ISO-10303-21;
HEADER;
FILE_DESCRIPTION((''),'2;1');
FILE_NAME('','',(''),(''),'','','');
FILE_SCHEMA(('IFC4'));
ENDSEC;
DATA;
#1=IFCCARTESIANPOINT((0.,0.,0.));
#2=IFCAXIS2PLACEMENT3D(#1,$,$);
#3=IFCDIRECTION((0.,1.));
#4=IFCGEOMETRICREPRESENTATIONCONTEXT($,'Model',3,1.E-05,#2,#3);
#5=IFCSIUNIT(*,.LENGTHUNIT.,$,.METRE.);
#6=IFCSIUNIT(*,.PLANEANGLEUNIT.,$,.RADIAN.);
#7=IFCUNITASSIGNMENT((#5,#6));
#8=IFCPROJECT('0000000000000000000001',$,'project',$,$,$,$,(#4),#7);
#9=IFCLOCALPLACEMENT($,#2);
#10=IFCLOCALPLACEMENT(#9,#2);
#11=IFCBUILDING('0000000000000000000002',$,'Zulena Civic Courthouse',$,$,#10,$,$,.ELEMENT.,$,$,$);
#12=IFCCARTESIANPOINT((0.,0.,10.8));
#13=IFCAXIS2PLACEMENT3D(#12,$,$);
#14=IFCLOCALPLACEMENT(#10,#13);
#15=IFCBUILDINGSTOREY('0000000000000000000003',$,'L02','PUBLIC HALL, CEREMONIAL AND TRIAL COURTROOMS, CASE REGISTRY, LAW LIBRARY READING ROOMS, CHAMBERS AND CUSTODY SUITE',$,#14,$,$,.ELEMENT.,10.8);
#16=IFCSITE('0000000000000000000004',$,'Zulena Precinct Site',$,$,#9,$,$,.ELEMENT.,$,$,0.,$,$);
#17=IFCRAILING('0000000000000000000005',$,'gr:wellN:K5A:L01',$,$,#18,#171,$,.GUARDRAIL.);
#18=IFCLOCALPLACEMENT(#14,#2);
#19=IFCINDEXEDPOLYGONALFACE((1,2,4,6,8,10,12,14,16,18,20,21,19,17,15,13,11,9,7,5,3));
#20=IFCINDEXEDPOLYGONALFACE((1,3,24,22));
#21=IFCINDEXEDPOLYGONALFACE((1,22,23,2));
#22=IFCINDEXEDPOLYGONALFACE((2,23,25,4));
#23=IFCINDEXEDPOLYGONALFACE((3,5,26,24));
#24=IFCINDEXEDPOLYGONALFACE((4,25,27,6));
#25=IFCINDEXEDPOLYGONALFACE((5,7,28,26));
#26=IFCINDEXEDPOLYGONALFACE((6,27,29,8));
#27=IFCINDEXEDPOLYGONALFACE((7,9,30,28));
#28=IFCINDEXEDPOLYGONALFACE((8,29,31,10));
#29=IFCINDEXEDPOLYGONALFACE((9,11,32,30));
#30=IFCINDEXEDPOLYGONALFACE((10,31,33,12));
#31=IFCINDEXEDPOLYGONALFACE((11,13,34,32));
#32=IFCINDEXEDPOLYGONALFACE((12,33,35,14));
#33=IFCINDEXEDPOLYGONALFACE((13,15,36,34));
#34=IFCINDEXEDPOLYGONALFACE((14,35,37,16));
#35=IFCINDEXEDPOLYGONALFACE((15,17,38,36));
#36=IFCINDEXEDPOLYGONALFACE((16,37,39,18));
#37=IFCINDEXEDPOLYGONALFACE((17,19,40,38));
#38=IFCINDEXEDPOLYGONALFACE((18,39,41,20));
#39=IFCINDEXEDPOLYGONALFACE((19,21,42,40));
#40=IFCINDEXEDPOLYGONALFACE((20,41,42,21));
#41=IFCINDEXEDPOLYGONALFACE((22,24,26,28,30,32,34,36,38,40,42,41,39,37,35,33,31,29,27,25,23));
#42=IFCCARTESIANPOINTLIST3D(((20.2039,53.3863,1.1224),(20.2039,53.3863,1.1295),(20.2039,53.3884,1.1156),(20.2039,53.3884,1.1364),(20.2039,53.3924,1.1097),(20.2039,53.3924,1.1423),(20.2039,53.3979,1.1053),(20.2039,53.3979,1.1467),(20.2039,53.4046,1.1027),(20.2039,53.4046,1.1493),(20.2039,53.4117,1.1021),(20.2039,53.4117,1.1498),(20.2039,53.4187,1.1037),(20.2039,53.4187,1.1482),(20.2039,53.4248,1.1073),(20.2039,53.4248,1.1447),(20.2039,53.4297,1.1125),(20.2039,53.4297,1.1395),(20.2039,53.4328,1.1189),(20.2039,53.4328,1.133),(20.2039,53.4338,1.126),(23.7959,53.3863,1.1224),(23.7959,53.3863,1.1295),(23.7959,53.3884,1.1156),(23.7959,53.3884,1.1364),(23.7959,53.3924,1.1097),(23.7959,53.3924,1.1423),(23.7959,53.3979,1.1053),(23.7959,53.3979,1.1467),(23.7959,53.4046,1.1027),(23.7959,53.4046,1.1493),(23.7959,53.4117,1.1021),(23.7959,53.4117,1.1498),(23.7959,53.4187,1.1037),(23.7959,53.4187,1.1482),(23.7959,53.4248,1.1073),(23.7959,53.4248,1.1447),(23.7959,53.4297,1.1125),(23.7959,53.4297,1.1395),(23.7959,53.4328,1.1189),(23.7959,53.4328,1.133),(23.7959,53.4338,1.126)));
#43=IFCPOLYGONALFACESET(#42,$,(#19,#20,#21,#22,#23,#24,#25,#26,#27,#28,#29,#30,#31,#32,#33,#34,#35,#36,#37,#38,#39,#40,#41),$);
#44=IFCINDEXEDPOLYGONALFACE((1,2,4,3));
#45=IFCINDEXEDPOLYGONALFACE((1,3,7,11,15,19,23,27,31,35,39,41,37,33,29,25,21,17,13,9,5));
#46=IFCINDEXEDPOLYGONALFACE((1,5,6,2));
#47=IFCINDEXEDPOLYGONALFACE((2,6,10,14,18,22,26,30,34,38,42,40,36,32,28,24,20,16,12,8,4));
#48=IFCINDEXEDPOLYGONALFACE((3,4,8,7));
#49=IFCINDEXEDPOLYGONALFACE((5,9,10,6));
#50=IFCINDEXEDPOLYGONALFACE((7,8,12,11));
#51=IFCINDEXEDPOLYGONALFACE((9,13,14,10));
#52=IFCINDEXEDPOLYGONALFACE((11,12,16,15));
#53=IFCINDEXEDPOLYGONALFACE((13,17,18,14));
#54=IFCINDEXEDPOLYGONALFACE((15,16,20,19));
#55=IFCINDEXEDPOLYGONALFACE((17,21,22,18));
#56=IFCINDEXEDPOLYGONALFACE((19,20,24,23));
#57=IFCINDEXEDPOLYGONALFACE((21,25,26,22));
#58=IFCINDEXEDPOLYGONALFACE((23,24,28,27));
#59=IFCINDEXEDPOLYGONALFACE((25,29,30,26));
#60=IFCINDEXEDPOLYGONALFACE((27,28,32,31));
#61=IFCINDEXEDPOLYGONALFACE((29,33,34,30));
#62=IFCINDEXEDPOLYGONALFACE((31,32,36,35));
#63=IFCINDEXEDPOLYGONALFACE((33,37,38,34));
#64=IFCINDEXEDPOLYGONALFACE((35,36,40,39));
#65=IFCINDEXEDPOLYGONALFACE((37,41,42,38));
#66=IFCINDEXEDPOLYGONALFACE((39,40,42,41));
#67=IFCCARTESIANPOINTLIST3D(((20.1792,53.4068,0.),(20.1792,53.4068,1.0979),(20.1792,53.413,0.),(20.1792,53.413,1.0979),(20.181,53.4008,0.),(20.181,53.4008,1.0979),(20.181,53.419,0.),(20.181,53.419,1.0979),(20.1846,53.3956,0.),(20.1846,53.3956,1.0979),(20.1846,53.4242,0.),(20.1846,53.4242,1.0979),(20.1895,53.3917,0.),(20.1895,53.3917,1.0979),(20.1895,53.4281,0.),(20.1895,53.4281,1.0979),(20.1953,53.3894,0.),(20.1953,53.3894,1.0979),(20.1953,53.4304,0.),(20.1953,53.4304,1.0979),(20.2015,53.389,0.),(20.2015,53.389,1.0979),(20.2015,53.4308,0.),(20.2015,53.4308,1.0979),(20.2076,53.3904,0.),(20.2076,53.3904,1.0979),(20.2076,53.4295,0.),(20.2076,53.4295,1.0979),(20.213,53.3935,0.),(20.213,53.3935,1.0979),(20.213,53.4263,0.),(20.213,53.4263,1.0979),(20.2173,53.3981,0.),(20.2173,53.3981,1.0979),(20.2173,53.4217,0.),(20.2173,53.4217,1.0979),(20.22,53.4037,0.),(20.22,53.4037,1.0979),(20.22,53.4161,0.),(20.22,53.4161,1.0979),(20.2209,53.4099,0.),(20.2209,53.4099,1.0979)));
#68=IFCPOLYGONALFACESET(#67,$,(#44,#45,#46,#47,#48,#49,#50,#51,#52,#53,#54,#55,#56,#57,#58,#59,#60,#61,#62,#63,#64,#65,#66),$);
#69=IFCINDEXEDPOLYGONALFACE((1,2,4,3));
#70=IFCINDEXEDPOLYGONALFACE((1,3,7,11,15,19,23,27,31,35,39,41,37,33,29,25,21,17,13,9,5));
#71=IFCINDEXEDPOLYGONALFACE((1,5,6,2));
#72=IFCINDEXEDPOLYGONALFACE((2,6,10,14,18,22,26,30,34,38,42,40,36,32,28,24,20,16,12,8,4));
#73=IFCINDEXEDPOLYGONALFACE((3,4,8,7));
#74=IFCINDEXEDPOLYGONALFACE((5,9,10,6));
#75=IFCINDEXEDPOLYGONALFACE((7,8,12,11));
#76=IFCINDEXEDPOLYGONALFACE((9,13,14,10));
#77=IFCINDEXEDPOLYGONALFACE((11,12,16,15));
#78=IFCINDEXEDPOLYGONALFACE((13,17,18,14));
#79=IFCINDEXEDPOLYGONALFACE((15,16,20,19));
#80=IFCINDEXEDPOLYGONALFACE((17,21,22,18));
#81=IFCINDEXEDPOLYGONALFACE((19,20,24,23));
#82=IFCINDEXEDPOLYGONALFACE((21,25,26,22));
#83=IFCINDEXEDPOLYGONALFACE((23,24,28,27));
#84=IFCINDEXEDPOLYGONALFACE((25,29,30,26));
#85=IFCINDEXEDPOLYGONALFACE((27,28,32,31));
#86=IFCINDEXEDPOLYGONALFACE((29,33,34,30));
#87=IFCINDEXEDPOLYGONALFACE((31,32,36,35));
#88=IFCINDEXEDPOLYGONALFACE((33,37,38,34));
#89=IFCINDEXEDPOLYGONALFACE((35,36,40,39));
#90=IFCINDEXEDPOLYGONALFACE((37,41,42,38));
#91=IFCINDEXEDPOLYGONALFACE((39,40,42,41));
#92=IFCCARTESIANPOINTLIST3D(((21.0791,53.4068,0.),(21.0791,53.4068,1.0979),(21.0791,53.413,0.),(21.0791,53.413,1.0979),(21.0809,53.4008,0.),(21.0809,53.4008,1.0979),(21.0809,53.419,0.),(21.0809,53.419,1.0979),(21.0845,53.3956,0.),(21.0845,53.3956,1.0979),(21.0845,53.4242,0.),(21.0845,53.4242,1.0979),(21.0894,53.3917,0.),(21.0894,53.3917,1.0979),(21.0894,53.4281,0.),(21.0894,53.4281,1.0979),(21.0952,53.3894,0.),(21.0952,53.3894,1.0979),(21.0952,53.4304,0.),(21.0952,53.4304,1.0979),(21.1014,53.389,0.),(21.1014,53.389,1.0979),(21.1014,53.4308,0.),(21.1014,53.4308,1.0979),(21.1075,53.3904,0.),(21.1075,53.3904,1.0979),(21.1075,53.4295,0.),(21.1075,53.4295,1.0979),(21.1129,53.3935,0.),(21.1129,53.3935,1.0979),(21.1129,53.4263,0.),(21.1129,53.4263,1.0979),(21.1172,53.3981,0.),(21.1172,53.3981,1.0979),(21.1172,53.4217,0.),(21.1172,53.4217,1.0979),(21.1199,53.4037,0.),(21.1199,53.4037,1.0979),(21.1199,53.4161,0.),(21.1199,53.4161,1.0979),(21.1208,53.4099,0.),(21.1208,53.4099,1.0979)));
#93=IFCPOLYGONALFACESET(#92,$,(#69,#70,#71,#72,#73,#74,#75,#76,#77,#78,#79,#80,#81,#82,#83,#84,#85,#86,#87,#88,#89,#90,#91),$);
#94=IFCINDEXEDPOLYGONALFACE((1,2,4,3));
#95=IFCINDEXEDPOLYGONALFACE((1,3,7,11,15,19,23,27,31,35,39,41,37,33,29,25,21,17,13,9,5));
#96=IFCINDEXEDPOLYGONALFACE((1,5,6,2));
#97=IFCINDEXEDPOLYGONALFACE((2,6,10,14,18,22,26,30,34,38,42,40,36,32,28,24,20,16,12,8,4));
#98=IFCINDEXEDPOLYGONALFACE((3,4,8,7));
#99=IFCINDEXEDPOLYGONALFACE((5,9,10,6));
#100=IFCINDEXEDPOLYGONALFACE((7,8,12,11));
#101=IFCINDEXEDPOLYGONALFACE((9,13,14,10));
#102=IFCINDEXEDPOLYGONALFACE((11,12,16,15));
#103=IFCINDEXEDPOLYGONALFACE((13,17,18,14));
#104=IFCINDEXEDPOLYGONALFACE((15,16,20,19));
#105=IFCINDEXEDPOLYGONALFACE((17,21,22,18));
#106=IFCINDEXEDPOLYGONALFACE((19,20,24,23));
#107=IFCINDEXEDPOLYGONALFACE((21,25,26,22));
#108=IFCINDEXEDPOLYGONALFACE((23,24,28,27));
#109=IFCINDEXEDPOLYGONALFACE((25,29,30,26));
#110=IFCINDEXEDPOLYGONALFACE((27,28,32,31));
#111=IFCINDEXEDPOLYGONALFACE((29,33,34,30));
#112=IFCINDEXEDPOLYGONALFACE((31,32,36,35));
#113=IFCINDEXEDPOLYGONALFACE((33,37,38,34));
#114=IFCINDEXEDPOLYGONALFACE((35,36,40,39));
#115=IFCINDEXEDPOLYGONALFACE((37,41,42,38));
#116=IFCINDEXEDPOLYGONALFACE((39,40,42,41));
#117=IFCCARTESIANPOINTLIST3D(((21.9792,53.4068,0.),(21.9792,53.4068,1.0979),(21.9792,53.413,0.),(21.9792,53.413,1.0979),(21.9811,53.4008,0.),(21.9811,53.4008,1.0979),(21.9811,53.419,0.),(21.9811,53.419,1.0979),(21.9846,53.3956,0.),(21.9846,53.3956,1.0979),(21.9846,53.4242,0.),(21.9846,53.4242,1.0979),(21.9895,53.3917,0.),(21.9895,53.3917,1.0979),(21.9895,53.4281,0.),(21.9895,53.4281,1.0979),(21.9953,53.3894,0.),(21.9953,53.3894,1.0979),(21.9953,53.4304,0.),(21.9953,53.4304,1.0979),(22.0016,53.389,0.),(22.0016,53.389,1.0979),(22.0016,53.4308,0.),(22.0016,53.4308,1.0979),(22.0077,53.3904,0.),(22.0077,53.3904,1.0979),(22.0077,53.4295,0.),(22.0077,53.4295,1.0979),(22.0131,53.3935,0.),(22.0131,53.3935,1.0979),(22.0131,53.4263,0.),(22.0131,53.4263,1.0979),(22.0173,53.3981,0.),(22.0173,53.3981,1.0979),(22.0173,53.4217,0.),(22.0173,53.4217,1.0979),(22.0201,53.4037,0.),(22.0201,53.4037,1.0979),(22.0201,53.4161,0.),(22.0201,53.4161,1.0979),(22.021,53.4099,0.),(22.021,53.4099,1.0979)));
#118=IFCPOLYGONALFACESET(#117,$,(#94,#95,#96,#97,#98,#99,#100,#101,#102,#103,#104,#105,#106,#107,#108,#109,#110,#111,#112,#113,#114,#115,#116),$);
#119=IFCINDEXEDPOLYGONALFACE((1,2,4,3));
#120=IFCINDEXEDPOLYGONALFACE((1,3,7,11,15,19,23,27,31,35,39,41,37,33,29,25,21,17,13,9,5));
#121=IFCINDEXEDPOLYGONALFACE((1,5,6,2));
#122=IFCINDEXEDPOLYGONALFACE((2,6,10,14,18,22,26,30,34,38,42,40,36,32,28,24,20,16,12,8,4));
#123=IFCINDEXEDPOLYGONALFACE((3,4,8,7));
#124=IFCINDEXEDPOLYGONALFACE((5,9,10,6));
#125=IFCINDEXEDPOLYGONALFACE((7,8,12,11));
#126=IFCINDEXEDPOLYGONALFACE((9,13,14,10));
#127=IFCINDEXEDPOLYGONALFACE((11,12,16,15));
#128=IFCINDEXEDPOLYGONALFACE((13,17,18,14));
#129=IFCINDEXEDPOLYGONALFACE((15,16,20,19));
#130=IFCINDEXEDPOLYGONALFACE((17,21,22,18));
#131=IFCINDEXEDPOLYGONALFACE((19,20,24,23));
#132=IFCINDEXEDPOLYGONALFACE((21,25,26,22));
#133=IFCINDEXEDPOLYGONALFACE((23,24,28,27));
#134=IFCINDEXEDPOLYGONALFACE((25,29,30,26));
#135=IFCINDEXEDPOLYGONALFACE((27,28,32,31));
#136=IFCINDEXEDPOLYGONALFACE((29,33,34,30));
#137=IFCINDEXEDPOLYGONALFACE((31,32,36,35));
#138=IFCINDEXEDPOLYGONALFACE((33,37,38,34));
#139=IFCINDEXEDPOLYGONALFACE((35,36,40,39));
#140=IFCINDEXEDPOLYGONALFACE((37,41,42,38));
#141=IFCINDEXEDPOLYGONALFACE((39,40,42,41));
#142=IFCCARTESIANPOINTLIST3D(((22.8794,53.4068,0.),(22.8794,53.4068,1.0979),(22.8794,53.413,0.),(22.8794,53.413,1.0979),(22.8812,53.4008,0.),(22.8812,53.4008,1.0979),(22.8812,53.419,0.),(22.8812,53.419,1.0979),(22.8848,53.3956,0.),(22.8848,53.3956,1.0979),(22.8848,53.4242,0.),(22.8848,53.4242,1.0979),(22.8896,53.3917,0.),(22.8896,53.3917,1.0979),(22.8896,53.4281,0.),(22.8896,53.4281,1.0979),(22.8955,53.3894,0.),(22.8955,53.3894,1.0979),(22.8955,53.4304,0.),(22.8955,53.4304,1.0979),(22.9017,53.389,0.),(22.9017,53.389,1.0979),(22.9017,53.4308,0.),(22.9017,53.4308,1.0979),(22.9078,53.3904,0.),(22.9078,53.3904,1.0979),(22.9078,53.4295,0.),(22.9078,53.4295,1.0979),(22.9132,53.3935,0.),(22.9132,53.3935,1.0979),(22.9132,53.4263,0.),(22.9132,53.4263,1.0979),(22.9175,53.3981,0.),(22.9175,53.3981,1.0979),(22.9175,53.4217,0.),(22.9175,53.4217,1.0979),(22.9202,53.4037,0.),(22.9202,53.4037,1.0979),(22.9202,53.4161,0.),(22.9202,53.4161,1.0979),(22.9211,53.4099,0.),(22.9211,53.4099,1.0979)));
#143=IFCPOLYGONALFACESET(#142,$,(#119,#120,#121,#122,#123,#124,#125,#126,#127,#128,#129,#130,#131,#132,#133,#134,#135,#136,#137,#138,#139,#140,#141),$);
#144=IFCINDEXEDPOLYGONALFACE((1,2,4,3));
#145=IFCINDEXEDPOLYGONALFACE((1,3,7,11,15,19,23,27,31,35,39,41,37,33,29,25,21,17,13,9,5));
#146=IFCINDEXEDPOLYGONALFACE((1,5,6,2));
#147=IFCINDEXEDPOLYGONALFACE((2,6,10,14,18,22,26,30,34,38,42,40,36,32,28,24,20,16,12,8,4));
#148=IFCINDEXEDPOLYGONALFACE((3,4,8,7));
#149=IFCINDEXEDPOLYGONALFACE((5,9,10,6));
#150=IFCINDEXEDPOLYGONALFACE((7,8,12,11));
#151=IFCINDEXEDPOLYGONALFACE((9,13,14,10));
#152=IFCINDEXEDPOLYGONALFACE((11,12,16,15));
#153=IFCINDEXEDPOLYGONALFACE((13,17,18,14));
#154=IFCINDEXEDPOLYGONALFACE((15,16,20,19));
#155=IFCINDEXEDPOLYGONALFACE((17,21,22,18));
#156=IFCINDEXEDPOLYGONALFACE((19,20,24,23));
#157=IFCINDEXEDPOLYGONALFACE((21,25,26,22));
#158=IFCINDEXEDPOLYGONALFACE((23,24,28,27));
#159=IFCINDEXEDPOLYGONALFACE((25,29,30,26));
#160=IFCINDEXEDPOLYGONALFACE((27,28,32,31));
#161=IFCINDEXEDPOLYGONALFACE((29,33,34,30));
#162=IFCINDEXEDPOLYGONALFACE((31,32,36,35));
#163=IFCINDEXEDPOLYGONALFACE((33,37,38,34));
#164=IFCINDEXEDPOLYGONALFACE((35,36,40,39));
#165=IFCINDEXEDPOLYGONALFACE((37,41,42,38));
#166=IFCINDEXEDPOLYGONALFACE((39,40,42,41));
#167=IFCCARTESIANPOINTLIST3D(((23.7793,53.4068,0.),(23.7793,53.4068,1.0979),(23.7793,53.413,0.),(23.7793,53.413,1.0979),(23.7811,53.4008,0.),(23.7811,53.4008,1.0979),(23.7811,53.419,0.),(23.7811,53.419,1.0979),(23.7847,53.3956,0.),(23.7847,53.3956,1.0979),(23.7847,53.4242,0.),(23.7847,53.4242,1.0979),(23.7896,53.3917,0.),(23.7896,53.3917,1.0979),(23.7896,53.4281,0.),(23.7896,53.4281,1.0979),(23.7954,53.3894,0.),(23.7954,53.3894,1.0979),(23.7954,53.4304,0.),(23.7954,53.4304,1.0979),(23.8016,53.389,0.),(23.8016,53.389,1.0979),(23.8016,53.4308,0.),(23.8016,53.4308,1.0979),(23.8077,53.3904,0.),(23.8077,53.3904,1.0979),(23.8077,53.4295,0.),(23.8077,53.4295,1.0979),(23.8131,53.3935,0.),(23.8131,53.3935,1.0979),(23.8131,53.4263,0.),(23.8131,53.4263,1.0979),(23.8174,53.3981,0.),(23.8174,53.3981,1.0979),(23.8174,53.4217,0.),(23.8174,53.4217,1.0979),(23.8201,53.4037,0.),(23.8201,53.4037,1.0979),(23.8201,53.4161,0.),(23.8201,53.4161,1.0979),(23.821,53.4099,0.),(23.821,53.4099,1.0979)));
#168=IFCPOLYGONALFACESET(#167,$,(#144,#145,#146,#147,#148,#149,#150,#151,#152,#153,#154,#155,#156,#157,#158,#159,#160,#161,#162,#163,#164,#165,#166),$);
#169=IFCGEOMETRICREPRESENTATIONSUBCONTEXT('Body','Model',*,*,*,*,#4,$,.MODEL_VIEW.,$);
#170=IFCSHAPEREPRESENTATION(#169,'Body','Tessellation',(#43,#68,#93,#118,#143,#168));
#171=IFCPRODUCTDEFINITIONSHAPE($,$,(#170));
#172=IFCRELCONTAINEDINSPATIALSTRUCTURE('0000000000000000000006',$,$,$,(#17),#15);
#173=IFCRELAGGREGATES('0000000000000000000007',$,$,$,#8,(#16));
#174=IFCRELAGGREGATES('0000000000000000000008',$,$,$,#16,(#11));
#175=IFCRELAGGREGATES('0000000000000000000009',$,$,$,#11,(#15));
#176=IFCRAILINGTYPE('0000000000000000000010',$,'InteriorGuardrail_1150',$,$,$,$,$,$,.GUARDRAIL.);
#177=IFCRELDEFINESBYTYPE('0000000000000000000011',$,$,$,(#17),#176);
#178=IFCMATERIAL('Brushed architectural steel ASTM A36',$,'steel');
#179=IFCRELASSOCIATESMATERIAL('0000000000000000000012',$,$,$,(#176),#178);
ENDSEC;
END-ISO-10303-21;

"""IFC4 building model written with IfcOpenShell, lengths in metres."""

from ifc_helpers import new_model, si_unit, direction, frame, origin, origin_2d, place, context, subcontext, project, spatial, circle, extrude, material, type_object, element, save


model = new_model("IFC4")

# Units and contexts
model_context = context("Model", 3, precision=1e-05, world=origin(), true_north=direction((0.0, 1.0)))
body_context = subcontext(model_context, "Body", "Model", "MODEL_VIEW")
ifc_project = project(units=[si_unit("LENGTHUNIT", "METRE"), si_unit("PLANEANGLEUNIT", "RADIAN")], contexts=[model_context])

# Site, building, storey
site_placement = place(None, origin())
site = spatial("IfcSite", under=ifc_project, at=site_placement, Name="Zulena Precinct Site", CompositionType="ELEMENT", RefElevation=0.0)
building_placement = place(site_placement, origin())
building = spatial("IfcBuilding", under=site, at=building_placement, Name="Zulena Civic Courthouse", CompositionType="ELEMENT")
storey_placement = place(building_placement, frame((0.0, 0.0, 10.8)))
storey = spatial("IfcBuildingStorey", under=building, at=storey_placement, Name="L02", Description="PUBLIC HALL, CEREMONIAL AND TRIAL COURTROOMS, CASE REGISTRY, LAW LIBRARY READING ROOMS, CHAMBERS AND CUSTODY SUITE", CompositionType="ELEMENT", Elevation=10.8)

# Railing
ifc_material_1 = material(Name="Brushed architectural steel ASTM A36", Category="steel")
railing_type = type_object("IfcRailingType", Name="InteriorGuardrail_1150", PredefinedType="GUARDRAIL", material=ifc_material_1)
railing_1_placement = place(storey_placement, frame((20.2, 53.4099, 0.0)))
element("IfcRailing", 1, at=railing_1_placement, inside=storey, type_object=railing_type, Name="gr:wellN:K5A:L01", PredefinedType="GUARDRAIL", context=body_context, shape_type="SweptSolid", body=[
    extrude(circle(Radius=0.0239, at=origin_2d()), frame((0.0039, 0.0, 1.126), z_axis=(1.0, 0.0, 0.0), x_axis=(0.0, 1.0, 0.0)), (0.0, 0.0, 1.0), 3.592),
    extrude(circle(Radius=0.021, at=origin_2d()), origin(), (0.0, 0.0, 1.0), 1.0979),
    extrude(circle(Radius=0.021, at=origin_2d()), frame((0.8999, 0.0, 0.0)), (0.0, 0.0, 1.0), 1.0979),
    extrude(circle(Radius=0.021, at=origin_2d()), frame((1.8, 0.0, 0.0)), (0.0, 0.0, 1.0), 1.0979),
    extrude(circle(Radius=0.021, at=origin_2d()), frame((2.7002, 0.0, 0.0)), (0.0, 0.0, 1.0), 1.0979),
    extrude(circle(Radius=0.021, at=origin_2d()), frame((3.6001, 0.0, 0.0)), (0.0, 0.0, 1.0), 1.0979),
])

save(model, "model.ifc")
